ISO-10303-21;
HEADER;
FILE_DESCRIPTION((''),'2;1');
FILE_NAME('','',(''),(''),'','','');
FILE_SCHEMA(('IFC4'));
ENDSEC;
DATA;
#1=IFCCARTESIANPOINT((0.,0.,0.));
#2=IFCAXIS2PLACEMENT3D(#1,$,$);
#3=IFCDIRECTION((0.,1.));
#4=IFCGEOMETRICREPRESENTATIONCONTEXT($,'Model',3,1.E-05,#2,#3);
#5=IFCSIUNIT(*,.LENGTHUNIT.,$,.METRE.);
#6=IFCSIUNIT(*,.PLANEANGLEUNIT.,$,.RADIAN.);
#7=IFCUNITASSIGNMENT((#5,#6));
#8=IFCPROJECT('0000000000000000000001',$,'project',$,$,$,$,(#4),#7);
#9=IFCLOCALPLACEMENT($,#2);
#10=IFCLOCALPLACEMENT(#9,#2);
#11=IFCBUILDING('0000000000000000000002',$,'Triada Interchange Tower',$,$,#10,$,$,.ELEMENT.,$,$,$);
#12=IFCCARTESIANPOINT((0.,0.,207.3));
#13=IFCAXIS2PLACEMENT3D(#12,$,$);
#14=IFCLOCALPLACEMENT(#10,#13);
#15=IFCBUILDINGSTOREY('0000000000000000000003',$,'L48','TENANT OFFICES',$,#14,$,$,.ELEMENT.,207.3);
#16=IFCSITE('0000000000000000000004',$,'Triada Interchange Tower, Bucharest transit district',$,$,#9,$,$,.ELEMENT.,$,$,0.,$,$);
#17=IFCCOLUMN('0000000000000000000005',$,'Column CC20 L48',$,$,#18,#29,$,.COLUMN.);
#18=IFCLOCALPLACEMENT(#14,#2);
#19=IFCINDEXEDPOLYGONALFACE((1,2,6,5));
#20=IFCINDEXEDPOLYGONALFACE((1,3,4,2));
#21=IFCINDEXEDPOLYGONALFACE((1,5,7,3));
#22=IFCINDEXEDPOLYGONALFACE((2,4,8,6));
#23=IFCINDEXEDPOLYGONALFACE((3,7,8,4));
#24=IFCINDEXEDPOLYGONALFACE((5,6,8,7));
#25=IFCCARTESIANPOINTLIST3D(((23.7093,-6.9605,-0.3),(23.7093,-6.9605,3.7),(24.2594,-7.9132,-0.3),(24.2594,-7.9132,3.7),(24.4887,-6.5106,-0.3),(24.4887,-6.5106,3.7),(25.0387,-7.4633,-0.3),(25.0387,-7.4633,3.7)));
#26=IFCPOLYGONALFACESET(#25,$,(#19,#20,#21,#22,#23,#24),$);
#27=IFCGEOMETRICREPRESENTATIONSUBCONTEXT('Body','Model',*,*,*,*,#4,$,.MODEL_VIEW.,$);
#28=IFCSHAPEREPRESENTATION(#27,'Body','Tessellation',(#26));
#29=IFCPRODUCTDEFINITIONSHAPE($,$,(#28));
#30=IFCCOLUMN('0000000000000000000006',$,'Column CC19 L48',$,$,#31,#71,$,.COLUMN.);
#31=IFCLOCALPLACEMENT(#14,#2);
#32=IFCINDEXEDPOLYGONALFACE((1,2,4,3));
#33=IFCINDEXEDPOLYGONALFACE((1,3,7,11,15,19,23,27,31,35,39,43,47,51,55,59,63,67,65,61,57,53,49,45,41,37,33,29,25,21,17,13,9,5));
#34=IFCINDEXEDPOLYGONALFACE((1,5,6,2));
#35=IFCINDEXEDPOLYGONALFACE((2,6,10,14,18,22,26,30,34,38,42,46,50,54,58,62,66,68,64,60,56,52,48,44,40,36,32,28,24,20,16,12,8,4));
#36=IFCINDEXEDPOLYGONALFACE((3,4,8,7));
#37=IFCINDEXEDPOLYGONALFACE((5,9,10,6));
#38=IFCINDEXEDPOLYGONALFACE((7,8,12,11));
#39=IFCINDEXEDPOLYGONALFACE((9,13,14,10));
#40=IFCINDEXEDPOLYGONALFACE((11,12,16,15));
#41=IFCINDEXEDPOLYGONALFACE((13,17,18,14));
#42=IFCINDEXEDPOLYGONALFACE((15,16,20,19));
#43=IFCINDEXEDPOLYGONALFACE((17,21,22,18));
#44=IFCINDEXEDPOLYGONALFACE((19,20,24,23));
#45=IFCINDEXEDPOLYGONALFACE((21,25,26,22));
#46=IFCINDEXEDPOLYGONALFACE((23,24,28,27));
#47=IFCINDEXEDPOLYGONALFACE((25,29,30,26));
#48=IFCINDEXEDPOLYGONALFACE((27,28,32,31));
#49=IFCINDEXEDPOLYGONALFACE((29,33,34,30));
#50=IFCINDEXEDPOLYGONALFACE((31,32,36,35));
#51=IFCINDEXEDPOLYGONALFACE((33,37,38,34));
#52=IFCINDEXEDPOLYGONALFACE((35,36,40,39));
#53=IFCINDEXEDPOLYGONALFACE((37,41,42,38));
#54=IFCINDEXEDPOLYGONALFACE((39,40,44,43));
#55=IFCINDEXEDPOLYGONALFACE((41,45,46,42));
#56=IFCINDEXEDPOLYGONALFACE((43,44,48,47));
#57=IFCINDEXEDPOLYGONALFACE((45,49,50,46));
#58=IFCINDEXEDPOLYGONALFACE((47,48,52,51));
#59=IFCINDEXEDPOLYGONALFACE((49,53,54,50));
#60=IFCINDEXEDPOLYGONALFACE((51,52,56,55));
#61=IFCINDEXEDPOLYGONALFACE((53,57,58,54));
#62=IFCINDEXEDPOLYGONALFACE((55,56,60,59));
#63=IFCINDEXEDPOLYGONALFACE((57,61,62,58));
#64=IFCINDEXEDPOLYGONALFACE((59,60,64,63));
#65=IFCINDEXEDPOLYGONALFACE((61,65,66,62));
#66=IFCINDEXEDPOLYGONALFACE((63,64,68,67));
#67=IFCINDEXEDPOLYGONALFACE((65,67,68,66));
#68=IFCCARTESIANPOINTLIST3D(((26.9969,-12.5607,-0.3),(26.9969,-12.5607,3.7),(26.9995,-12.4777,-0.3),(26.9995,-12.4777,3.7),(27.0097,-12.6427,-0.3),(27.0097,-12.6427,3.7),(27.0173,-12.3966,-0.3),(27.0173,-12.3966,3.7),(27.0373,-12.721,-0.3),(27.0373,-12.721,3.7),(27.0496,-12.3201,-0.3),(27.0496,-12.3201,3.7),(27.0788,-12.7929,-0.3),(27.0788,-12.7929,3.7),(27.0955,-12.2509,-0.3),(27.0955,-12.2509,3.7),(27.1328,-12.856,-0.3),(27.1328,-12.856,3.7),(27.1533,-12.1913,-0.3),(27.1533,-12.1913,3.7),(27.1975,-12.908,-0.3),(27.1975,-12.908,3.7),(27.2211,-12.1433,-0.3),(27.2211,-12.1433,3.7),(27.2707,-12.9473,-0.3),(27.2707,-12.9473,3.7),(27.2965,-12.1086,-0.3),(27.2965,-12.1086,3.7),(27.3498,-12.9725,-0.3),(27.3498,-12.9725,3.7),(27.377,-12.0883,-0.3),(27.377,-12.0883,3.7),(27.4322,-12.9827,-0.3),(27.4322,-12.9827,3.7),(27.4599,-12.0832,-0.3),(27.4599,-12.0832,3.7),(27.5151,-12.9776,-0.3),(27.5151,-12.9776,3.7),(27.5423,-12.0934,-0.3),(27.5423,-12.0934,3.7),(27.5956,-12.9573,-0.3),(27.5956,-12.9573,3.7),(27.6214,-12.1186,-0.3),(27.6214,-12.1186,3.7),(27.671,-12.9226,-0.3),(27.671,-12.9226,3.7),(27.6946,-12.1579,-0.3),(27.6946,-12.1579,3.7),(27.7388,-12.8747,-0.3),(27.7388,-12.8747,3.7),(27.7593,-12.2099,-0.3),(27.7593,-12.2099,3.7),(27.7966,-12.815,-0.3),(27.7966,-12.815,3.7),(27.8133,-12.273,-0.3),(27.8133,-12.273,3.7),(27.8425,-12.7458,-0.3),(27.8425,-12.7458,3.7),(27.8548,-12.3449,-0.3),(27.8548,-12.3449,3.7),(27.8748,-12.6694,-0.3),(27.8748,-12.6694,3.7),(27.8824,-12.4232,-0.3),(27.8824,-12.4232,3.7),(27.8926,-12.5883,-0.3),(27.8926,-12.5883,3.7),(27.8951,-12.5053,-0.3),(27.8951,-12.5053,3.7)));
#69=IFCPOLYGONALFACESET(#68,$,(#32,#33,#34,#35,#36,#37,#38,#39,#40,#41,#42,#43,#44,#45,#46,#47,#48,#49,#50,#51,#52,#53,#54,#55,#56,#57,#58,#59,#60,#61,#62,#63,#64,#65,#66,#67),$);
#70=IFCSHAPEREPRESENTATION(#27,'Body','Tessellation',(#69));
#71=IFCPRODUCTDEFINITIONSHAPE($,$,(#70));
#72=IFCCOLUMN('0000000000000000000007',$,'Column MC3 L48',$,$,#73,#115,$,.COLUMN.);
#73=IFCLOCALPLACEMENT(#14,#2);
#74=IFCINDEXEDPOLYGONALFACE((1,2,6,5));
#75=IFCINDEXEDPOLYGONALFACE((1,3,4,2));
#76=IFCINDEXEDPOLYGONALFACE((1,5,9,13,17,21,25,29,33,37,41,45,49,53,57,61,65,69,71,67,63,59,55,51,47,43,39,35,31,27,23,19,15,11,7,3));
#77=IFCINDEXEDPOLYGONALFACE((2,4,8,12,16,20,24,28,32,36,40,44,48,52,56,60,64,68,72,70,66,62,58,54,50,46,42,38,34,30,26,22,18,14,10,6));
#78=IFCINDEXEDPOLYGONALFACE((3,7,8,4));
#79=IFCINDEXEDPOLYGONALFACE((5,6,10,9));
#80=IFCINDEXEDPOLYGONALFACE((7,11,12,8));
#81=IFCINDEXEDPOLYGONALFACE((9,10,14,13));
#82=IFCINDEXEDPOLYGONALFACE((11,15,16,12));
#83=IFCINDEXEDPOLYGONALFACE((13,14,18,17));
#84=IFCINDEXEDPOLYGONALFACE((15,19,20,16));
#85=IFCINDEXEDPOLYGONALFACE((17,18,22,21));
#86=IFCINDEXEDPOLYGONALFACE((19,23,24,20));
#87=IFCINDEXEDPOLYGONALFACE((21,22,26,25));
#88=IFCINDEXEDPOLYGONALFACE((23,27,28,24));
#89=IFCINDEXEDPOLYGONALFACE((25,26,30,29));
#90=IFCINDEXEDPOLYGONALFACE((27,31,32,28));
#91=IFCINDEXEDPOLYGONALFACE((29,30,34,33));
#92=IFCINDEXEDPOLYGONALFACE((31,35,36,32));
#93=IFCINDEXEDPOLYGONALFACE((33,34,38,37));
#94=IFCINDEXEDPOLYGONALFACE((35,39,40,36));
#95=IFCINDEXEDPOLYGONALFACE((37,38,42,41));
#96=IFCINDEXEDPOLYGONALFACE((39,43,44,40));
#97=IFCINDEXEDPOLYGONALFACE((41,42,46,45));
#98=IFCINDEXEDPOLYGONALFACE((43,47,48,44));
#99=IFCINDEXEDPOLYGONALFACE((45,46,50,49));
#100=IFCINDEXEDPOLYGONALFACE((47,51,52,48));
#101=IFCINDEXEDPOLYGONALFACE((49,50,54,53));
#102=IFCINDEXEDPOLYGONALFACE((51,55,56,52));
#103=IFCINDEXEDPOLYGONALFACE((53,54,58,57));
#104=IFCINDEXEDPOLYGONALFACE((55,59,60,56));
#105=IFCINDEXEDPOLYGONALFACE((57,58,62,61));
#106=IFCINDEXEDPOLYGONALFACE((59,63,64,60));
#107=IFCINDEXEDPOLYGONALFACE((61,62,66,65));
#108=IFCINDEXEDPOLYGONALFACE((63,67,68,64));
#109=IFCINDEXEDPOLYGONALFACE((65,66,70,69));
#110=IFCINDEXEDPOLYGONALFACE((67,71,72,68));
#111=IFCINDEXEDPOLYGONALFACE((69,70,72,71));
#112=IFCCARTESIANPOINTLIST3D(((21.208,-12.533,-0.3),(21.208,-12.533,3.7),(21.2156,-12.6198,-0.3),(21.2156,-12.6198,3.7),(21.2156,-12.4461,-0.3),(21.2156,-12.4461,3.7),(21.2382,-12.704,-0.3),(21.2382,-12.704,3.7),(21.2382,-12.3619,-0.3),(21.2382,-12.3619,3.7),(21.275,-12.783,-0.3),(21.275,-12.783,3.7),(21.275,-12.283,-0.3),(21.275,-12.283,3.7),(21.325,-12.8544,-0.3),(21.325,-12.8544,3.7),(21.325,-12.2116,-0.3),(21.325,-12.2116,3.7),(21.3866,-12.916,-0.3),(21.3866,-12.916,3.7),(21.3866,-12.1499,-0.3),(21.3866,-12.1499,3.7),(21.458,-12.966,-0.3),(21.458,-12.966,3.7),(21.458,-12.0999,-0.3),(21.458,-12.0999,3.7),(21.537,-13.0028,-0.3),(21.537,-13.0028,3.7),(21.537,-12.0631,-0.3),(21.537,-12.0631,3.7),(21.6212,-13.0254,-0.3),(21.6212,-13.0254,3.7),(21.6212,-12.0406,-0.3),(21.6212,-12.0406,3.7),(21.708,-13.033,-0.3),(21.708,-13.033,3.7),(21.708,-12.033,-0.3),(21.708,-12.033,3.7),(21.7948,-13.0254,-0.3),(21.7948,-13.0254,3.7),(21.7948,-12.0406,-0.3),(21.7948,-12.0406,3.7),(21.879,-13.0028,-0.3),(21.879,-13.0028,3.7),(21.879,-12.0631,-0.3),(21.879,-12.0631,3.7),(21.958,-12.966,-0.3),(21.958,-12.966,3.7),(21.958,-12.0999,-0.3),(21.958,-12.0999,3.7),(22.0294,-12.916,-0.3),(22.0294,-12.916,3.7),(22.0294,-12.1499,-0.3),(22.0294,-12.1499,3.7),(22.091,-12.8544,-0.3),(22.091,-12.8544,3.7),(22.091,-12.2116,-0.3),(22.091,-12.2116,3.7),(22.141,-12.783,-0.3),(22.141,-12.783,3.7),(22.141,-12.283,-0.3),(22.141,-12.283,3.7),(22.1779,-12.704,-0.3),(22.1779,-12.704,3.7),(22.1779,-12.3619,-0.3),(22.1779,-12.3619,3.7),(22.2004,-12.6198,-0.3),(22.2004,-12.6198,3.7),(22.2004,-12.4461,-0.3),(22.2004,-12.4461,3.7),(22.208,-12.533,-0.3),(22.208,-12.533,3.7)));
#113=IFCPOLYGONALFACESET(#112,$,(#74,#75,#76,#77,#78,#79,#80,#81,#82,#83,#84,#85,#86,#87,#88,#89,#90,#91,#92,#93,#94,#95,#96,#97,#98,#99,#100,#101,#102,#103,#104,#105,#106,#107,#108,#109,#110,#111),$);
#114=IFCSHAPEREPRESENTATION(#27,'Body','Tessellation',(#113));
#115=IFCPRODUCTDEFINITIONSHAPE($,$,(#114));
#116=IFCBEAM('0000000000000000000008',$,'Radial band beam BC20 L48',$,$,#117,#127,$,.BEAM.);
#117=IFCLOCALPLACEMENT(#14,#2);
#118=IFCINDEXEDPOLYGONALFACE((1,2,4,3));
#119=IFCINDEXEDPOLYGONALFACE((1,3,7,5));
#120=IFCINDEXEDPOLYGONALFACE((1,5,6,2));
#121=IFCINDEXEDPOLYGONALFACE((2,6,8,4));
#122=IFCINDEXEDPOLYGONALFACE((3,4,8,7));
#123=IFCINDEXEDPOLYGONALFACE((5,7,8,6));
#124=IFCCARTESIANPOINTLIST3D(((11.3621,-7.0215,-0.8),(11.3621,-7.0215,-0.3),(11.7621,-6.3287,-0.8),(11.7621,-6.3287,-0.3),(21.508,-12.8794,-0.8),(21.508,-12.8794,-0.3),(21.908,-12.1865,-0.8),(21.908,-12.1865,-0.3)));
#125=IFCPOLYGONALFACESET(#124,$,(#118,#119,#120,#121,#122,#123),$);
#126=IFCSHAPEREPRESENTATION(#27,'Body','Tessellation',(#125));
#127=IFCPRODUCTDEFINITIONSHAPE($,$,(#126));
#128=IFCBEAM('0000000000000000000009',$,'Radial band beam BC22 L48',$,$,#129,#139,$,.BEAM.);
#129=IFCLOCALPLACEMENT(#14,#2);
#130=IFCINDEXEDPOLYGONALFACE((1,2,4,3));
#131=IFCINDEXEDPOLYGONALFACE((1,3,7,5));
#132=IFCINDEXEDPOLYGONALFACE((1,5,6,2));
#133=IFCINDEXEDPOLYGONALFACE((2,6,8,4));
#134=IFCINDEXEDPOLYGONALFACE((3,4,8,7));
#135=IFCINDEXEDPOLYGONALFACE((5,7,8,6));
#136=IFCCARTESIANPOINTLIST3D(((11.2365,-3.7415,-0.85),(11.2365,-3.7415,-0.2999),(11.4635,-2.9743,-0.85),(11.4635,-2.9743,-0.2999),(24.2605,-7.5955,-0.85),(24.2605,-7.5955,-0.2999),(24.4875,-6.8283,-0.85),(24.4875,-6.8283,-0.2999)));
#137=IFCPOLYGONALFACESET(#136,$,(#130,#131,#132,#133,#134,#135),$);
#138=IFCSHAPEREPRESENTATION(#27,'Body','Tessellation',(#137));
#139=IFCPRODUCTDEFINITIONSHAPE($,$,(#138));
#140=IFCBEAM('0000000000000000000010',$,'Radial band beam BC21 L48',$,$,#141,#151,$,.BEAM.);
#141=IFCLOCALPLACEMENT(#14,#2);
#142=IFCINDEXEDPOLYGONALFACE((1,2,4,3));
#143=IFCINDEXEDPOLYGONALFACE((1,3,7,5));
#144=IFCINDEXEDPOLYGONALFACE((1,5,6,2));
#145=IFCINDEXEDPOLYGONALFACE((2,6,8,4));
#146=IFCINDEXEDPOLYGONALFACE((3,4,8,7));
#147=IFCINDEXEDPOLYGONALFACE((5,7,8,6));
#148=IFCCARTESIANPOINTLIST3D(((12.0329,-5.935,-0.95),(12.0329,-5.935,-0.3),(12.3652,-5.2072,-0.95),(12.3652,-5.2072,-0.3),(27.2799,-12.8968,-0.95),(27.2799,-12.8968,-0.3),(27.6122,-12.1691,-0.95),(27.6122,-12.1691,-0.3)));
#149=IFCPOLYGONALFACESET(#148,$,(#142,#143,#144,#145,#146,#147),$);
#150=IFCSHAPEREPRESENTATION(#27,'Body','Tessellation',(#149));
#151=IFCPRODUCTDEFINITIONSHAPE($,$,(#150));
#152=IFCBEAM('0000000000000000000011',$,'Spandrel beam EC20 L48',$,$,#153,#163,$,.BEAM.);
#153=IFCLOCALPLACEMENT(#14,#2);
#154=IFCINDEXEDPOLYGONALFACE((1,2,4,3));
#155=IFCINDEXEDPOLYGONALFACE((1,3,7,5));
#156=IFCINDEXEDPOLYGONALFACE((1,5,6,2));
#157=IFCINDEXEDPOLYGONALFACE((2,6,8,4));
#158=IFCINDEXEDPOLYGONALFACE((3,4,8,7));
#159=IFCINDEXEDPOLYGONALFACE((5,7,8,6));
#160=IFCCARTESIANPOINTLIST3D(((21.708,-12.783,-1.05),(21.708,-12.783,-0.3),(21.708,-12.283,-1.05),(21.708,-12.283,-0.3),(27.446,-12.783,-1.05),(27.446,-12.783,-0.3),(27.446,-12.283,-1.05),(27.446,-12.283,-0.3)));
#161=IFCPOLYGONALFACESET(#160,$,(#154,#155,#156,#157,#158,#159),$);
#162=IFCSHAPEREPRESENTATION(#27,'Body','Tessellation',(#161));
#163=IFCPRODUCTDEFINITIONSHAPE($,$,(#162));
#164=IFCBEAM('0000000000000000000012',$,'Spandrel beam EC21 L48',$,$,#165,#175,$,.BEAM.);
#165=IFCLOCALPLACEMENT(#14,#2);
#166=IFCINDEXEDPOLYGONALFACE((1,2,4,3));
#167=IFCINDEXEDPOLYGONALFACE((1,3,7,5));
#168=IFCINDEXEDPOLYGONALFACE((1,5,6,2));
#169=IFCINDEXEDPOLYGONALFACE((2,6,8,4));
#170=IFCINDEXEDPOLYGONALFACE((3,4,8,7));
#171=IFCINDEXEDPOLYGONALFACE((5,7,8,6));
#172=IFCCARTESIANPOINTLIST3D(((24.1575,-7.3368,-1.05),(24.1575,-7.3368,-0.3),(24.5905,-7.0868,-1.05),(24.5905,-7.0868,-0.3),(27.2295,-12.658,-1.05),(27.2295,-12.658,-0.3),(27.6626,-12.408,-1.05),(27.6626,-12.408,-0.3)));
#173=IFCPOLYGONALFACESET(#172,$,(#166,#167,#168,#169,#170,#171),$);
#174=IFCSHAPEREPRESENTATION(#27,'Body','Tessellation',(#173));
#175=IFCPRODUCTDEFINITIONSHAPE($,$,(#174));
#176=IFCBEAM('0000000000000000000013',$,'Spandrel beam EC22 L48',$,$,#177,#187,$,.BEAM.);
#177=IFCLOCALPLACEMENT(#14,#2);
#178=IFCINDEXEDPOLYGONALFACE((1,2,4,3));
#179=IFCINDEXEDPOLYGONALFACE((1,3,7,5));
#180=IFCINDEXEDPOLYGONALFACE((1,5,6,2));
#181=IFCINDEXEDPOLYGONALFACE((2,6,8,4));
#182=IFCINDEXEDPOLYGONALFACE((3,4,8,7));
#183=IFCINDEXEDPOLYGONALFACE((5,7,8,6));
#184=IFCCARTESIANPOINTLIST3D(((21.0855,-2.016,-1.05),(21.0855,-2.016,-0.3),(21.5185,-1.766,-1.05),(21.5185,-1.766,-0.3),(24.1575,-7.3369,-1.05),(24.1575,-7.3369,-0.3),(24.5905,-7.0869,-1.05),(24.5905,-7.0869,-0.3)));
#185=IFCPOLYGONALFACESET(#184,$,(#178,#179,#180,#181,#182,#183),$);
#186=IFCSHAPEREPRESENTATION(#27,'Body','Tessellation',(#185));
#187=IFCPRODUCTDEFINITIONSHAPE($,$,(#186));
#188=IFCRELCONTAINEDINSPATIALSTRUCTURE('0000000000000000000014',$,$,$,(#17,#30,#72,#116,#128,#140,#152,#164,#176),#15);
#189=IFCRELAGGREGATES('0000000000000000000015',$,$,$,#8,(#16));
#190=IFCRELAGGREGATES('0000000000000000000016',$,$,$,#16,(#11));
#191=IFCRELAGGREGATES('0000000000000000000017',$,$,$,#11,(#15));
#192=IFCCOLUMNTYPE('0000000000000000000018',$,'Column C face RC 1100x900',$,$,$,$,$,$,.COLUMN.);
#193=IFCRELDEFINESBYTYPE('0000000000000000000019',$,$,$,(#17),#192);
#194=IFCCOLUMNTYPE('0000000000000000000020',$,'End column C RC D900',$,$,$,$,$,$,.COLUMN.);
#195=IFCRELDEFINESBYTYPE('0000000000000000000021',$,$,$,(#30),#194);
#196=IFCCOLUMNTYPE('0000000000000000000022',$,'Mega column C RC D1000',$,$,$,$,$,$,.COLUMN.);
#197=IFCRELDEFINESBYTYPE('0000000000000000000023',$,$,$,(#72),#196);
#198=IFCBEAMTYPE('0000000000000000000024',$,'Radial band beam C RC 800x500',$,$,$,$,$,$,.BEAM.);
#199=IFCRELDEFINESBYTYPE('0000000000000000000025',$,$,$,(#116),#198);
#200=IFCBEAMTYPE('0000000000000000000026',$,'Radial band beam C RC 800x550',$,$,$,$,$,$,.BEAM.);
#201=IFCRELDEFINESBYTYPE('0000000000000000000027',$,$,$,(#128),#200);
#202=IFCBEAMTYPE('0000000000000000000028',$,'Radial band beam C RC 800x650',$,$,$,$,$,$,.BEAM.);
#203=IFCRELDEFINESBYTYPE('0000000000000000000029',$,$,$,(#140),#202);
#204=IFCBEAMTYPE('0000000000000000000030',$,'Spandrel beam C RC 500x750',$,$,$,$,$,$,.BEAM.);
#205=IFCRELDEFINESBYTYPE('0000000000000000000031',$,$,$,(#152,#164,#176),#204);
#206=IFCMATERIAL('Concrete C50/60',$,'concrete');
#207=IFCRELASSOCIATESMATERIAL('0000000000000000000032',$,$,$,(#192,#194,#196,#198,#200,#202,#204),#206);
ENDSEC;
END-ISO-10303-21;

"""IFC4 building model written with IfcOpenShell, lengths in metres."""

from ifc_helpers import new_model, si_unit, direction, frame, origin, origin_2d, place, context, subcontext, project, spatial, rectangle, circle, extrude, material, material_profile, profile_set, type_object, element, save


model = new_model("IFC4")

# Units and contexts
model_context = context("Model", 3, precision=1e-05, world=origin(), true_north=direction((0.0, 1.0)))
body_context = subcontext(model_context, "Body", "Model", "MODEL_VIEW")
ifc_project = project(units=[si_unit("LENGTHUNIT", "METRE"), si_unit("PLANEANGLEUNIT", "RADIAN")], contexts=[model_context])

# Site, building, storey
site_placement = place(None, origin())
site = spatial("IfcSite", under=ifc_project, at=site_placement, Name="Triada Interchange Tower, Bucharest transit district", CompositionType="ELEMENT", RefElevation=0.0)
building_placement = place(site_placement, origin())
building = spatial("IfcBuilding", under=site, at=building_placement, Name="Triada Interchange Tower", CompositionType="ELEMENT")
storey_placement = place(building_placement, frame((0.0, 0.0, 207.3)))
storey = spatial("IfcBuildingStorey", under=building, at=storey_placement, Name="L48", Description="TENANT OFFICES", CompositionType="ELEMENT", Elevation=207.3)

# Columns
ifc_material_1 = material(Name="Concrete C50/60", Category="concrete")
ifc_material_profile_1 = material_profile(ifc_material_1, rectangle(XDim=1.1001, YDim=0.8999, at=origin_2d()), Name="RC 1100x900")
ifc_profile_set_1 = profile_set([ifc_material_profile_1], Name="Concrete C50/60")
column_type_1 = type_object("IfcColumnType", Name="Column C face RC 1100x900", PredefinedType="COLUMN", material=ifc_profile_set_1)
column_1_placement = place(storey_placement, frame((24.374, -7.2119, -0.3), z_axis=(0.0, 0.0, 1.0), x_axis=(-0.5, 0.866025, 0.0)))
element("IfcColumn", 1, at=column_1_placement, inside=storey, type_object=column_type_1, Name="Column CC20 L48", PredefinedType="COLUMN", context=body_context, shape_type="SweptSolid", body=[
    extrude(rectangle(XDim=1.1001, YDim=0.8999, at=origin_2d()), origin(), (0.0, 0.0, 1.0), 4.0),
])
ifc_material_profile_2 = material_profile(ifc_material_1, circle(Radius=0.45, at=origin_2d()), Name="RC D900")
ifc_profile_set_2 = profile_set([ifc_material_profile_2], Name="Concrete C50/60")
column_type_2 = type_object("IfcColumnType", Name="End column C RC D900", PredefinedType="COLUMN", material=ifc_profile_set_2)
column_2_placement = place(storey_placement, frame((27.446, -12.533, -0.3), z_axis=(0.0, 0.0, 1.0), x_axis=(-0.5, 0.866025, 0.0)))
element("IfcColumn", 2, at=column_2_placement, inside=storey, type_object=column_type_2, Name="Column CC19 L48", PredefinedType="COLUMN", context=body_context, shape_type="SweptSolid", body=[
    extrude(circle(Radius=0.45, at=origin_2d()), origin(), (0.0, 0.0, 1.0), 4.0),
])
ifc_material_profile_3 = material_profile(ifc_material_1, circle(Radius=0.5, at=origin_2d()), Name="RC D1000")
ifc_profile_set_3 = profile_set([ifc_material_profile_3], Name="Concrete C50/60")
column_type_3 = type_object("IfcColumnType", Name="Mega column C RC D1000", PredefinedType="COLUMN", material=ifc_profile_set_3)
column_3_placement = place(storey_placement, frame((21.708, -12.533, -0.3), z_axis=(0.0, 0.0, 1.0), x_axis=(1.0, 0.0, 0.0)))
element("IfcColumn", 3, at=column_3_placement, inside=storey, type_object=column_type_3, Name="Column MC3 L48", PredefinedType="COLUMN", context=body_context, shape_type="SweptSolid", body=[
    extrude(circle(Radius=0.5, at=origin_2d()), origin(), (0.0, 0.0, 1.0), 4.0),
])

# Beams
ifc_material_profile_4 = material_profile(ifc_material_1, rectangle(XDim=0.8, YDim=0.5, at=origin_2d()), Name="RC 800x500")
ifc_profile_set_4 = profile_set([ifc_material_profile_4], Name="Concrete C50/60")
beam_type_1 = type_object("IfcBeamType", Name="Radial band beam C RC 800x500", PredefinedType="BEAM", material=ifc_profile_set_4)
beam_1_placement = place(storey_placement, frame((21.708, -12.533, -0.55), z_axis=(-0.866021, 0.500007, 0.0), x_axis=(-0.500007, -0.866021, 0.0)))
element("IfcBeam", 4, at=beam_1_placement, inside=storey, type_object=beam_type_1, Name="Radial band beam BC20 L48", PredefinedType="BEAM", context=body_context, shape_type="SweptSolid", body=[
    extrude(rectangle(XDim=0.8, YDim=0.5, at=origin_2d()), origin(), (0.0, 0.0, 1.0), 11.7156),
])
ifc_material_profile_5 = material_profile(ifc_material_1, rectangle(XDim=0.8, YDim=0.55, at=origin_2d()), Name="RC 800x550")
ifc_profile_set_5 = profile_set([ifc_material_profile_5], Name="Concrete C50/60")
beam_type_2 = type_object("IfcBeamType", Name="Radial band beam C RC 800x550", PredefinedType="BEAM", material=ifc_profile_set_5)
beam_2_placement = place(storey_placement, frame((24.374, -7.2119, -0.575), z_axis=(-0.958897, 0.283754, 0.0), x_axis=(-0.283754, -0.958897, 0.0)))
element("IfcBeam", 5, at=beam_2_placement, inside=storey, type_object=beam_type_2, Name="Radial band beam BC22 L48", PredefinedType="BEAM", context=body_context, shape_type="SweptSolid", body=[
    extrude(rectangle(XDim=0.8, YDim=0.55, at=origin_2d()), origin(), (0.0, 0.0, 1.0), 13.5823),
])
ifc_material_profile_6 = material_profile(ifc_material_1, rectangle(XDim=0.8, YDim=0.6499, at=origin_2d()), Name="RC 800x650")
ifc_profile_set_6 = profile_set([ifc_material_profile_6], Name="Concrete C50/60")
beam_type_3 = type_object("IfcBeamType", Name="Radial band beam C RC 800x650", PredefinedType="BEAM", material=ifc_profile_set_6)
beam_3_placement = place(storey_placement, frame((27.446, -12.533, -0.625), z_axis=(-0.909659, 0.415356, 0.0), x_axis=(-0.415356, -0.909659, 0.0)))
element("IfcBeam", 6, at=beam_3_placement, inside=storey, type_object=beam_type_3, Name="Radial band beam BC21 L48", PredefinedType="BEAM", context=body_context, shape_type="SweptSolid", body=[
    extrude(rectangle(XDim=0.8, YDim=0.6499, at=origin_2d()), origin(), (0.0, 0.0, 1.0), 16.7612),
])
ifc_material_profile_7 = material_profile(ifc_material_1, rectangle(XDim=0.5, YDim=0.75, at=origin_2d()), Name="RC 500x750")
ifc_profile_set_7 = profile_set([ifc_material_profile_7], Name="Concrete C50/60")
beam_type_4 = type_object("IfcBeamType", Name="Spandrel beam C RC 500x750", PredefinedType="BEAM", material=ifc_profile_set_7)
beam_4_placement = place(storey_placement, frame((21.708, -12.533, -0.675), z_axis=(1.0, 0.0, 0.0), x_axis=(0.0, 1.0, 0.0)))
element("IfcBeam", 7, at=beam_4_placement, inside=storey, type_object=beam_type_4, Name="Spandrel beam EC20 L48", PredefinedType="BEAM", context=body_context, shape_type="SweptSolid", body=[
    extrude(rectangle(XDim=0.5, YDim=0.75, at=origin_2d()), origin(), (0.0, 0.0, 1.0), 5.738),
])
beam_5_placement = place(storey_placement, frame((27.446, -12.533, -0.675), z_axis=(-0.49999, 0.866031, 0.0), x_axis=(-0.866031, -0.49999, 0.0)))
element("IfcBeam", 8, at=beam_5_placement, inside=storey, type_object=beam_type_4, Name="Spandrel beam EC21 L48", PredefinedType="BEAM", context=body_context, shape_type="SweptSolid", body=[
    extrude(rectangle(XDim=0.5, YDim=0.75, at=origin_2d()), origin(), (0.0, 0.0, 1.0), 6.1443),
])
beam_6_placement = place(storey_placement, frame((24.374, -7.2119, -0.675), z_axis=(-0.500007, 0.866021, 0.0), x_axis=(-0.866021, -0.500007, 0.0)))
element("IfcBeam", 9, at=beam_6_placement, inside=storey, type_object=beam_type_4, Name="Spandrel beam EC22 L48", PredefinedType="BEAM", context=body_context, shape_type="SweptSolid", body=[
    extrude(rectangle(XDim=0.5, YDim=0.75, at=origin_2d()), origin(), (0.0, 0.0, 1.0), 6.144),
])

save(model, "model.ifc")
